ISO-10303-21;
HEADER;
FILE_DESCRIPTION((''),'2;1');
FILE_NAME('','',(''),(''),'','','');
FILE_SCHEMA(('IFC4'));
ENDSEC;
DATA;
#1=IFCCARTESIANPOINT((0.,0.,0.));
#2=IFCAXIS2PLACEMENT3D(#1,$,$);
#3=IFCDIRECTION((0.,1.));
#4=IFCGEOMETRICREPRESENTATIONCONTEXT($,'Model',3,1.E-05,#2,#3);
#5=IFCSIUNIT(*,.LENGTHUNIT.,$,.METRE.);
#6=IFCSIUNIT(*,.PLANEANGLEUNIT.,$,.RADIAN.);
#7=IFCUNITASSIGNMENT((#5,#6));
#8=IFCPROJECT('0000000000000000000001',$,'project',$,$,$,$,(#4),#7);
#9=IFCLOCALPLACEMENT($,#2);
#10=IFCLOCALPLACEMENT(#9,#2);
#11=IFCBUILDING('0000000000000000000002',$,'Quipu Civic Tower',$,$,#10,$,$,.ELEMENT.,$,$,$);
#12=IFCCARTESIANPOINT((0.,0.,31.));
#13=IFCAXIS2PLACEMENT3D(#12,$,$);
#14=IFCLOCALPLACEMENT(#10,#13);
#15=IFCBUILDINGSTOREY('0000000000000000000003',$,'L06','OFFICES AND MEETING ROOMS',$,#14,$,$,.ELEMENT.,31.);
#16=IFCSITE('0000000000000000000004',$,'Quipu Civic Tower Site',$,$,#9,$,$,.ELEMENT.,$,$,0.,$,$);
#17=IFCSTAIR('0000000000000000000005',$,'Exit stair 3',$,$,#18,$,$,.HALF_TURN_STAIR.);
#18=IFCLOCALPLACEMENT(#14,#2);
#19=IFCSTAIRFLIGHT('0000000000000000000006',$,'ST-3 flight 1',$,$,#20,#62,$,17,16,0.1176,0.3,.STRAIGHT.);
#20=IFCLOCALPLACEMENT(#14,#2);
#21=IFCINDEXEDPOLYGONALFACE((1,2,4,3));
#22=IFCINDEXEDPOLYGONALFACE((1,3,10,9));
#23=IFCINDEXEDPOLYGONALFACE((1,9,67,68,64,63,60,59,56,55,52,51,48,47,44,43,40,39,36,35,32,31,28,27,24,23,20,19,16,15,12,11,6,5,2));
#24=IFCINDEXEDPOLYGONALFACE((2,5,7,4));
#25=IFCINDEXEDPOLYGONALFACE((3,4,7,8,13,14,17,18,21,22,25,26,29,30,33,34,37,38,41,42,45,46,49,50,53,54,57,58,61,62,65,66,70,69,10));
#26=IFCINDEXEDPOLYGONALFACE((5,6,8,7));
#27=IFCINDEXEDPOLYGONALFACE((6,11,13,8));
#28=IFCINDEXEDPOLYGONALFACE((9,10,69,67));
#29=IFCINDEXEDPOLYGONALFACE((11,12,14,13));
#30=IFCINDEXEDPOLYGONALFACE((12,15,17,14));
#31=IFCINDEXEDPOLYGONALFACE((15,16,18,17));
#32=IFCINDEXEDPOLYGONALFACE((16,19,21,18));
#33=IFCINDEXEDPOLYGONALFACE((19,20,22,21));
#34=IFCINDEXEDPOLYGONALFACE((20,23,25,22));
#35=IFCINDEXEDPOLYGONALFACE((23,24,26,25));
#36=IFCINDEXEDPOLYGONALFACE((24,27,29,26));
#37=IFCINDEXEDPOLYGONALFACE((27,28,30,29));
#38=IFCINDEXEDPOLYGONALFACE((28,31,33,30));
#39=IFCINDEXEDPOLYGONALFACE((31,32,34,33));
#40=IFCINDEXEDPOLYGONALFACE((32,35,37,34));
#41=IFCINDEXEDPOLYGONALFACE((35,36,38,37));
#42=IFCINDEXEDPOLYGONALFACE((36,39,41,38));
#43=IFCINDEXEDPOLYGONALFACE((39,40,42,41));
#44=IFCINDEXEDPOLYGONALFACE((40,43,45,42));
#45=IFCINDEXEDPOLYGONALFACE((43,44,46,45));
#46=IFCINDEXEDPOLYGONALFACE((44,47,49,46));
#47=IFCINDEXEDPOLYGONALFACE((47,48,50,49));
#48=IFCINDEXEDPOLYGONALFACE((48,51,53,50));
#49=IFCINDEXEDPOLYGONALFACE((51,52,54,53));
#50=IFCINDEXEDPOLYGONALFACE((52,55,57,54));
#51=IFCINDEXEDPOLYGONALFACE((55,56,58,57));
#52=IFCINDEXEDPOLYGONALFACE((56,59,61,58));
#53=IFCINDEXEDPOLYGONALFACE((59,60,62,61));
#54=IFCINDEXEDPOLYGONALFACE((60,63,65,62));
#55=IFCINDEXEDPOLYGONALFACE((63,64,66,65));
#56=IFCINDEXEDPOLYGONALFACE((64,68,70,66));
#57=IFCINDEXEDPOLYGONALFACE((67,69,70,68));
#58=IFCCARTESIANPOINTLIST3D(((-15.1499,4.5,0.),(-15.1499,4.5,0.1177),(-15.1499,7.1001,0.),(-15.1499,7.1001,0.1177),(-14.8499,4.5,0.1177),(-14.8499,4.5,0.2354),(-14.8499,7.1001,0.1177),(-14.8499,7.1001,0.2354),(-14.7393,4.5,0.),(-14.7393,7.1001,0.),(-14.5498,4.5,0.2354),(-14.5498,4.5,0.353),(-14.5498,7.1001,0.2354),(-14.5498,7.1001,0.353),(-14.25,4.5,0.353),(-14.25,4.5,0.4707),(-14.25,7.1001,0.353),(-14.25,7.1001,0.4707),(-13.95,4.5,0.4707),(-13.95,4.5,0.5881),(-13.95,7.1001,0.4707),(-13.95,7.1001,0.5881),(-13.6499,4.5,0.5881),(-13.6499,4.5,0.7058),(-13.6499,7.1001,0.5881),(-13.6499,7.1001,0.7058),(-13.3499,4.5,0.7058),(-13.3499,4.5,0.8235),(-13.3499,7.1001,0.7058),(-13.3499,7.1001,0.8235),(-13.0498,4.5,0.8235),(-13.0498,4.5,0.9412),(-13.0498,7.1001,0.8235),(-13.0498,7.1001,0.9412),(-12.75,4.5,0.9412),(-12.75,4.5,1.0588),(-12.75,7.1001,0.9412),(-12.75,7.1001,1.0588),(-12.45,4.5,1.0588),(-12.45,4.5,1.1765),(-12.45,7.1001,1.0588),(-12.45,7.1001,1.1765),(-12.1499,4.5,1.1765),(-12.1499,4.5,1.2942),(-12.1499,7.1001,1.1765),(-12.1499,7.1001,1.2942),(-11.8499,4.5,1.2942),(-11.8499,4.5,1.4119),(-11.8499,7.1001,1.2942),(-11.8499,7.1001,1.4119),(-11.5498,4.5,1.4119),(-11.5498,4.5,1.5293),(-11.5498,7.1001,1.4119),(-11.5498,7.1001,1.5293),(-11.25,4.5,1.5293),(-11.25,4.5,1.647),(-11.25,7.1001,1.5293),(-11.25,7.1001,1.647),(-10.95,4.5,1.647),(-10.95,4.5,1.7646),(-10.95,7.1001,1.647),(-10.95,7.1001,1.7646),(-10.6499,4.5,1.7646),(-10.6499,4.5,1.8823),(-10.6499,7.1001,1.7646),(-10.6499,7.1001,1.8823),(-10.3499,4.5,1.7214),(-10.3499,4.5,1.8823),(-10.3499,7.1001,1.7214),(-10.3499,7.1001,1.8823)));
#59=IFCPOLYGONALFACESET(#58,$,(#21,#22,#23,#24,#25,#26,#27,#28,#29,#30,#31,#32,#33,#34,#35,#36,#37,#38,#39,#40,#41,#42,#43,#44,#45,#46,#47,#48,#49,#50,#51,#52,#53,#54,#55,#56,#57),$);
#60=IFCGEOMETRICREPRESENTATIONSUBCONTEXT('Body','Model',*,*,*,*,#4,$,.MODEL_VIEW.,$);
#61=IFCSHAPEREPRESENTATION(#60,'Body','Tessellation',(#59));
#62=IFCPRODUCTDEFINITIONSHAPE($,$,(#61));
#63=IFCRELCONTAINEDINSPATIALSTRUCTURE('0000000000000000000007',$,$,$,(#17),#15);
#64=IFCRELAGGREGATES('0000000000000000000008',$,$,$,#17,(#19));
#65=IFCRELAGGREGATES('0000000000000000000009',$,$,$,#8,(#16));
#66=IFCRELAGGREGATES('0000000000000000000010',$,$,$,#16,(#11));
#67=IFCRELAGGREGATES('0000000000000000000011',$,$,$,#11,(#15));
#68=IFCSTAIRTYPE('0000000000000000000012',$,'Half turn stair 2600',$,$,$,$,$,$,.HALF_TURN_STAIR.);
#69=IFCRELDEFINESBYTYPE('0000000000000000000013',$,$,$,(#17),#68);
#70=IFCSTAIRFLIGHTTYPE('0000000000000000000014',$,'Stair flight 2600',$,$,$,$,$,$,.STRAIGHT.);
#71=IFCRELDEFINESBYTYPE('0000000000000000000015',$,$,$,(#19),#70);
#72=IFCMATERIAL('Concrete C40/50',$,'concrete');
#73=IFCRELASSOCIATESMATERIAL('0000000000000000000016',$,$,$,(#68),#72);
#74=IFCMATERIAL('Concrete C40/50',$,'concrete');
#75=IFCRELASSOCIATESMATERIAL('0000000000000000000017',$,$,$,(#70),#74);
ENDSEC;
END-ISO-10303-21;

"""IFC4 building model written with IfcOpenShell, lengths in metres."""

from ifc_helpers import new_model, si_unit, direction, frame, origin, place, context, subcontext, project, spatial, polyline, outline, extrude, material, type_object, element, aggregate, save


model = new_model("IFC4")

# Units and contexts
model_context = context("Model", 3, precision=1e-05, world=origin(), true_north=direction((0.0, 1.0)))
body_context = subcontext(model_context, "Body", "Model", "MODEL_VIEW")
ifc_project = project(units=[si_unit("LENGTHUNIT", "METRE"), si_unit("PLANEANGLEUNIT", "RADIAN")], contexts=[model_context])

# Site, building, storey
site_placement = place(None, origin())
site = spatial("IfcSite", under=ifc_project, at=site_placement, Name="Quipu Civic Tower Site", CompositionType="ELEMENT", RefElevation=0.0)
building_placement = place(site_placement, origin())
building = spatial("IfcBuilding", under=site, at=building_placement, Name="Quipu Civic Tower", CompositionType="ELEMENT")
storey_placement = place(building_placement, frame((0.0, 0.0, 31.0)))
storey = spatial("IfcBuildingStorey", under=building, at=storey_placement, Name="L06", Description="OFFICES AND MEETING ROOMS", CompositionType="ELEMENT", Elevation=31.0)

# Stair, stair flight
ifc_material_1 = material(Name="Concrete C40/50", Category="concrete")
stair_type = type_object("IfcStairType", Name="Half turn stair 2600", PredefinedType="HALF_TURN_STAIR", material=ifc_material_1)
stair_placement = place(storey_placement, origin())
stair = element("IfcStair", 1, at=stair_placement, inside=storey, type_object=stair_type, Name="Exit stair 3", PredefinedType="HALF_TURN_STAIR")
ifc_material_2 = material(Name="Concrete C40/50", Category="concrete")
stair_flight_type = type_object("IfcStairFlightType", Name="Stair flight 2600", PredefinedType="STRAIGHT", material=ifc_material_2)
stair_flight_placement = place(storey_placement, frame((-15.1499, 5.8, 0.0), z_axis=(0.0, 0.0, 1.0), x_axis=(1.0, 0.0, 0.0)))
stair_flight = element("IfcStairFlight", 2, at=stair_flight_placement, type_object=stair_flight_type, Name="ST-3 flight 1", NumberOfRisers=17, NumberOfTreads=16, PredefinedType="STRAIGHT", RiserHeight=0.1176, TreadLength=0.3, context=body_context, shape_type="SweptSolid", body=[
    extrude(outline(polyline([(0.0, 0.0), (0.0, 0.1177), (0.3, 0.1177), (0.3, 0.2354), (0.6001, 0.2354), (0.6001, 0.353), (0.8999, 0.353), (0.8999, 0.4707), (1.2, 0.4707), (1.2, 0.5881), (1.5, 0.5881), (1.5, 0.7058), (1.8, 0.7058), (1.8, 0.8235), (2.1001, 0.8235), (2.1001, 0.9412), (2.3999, 0.9412), (2.3999, 1.0588), (2.7, 1.0588), (2.7, 1.1765), (3.0, 1.1765), (3.0, 1.2942), (3.3, 1.2942), (3.3, 1.4119), (3.6001, 1.4119), (3.6001, 1.5293), (3.8999, 1.5293), (3.8999, 1.647), (4.2, 1.647), (4.2, 1.7646), (4.5, 1.7646), (4.5, 1.8823), (4.8, 1.8823), (4.8, 2.0), (4.8, 1.7214), (0.4106, 0.0), (0.0, 0.0)])), frame((0.0, 1.3, 0.0), z_axis=(0.0, -1.0, 0.0), x_axis=(1.0, 0.0, 0.0)), (0.0, 0.0, 1.0), 2.6001),
])
aggregate(stair, [stair_flight])

save(model, "model.ifc")
